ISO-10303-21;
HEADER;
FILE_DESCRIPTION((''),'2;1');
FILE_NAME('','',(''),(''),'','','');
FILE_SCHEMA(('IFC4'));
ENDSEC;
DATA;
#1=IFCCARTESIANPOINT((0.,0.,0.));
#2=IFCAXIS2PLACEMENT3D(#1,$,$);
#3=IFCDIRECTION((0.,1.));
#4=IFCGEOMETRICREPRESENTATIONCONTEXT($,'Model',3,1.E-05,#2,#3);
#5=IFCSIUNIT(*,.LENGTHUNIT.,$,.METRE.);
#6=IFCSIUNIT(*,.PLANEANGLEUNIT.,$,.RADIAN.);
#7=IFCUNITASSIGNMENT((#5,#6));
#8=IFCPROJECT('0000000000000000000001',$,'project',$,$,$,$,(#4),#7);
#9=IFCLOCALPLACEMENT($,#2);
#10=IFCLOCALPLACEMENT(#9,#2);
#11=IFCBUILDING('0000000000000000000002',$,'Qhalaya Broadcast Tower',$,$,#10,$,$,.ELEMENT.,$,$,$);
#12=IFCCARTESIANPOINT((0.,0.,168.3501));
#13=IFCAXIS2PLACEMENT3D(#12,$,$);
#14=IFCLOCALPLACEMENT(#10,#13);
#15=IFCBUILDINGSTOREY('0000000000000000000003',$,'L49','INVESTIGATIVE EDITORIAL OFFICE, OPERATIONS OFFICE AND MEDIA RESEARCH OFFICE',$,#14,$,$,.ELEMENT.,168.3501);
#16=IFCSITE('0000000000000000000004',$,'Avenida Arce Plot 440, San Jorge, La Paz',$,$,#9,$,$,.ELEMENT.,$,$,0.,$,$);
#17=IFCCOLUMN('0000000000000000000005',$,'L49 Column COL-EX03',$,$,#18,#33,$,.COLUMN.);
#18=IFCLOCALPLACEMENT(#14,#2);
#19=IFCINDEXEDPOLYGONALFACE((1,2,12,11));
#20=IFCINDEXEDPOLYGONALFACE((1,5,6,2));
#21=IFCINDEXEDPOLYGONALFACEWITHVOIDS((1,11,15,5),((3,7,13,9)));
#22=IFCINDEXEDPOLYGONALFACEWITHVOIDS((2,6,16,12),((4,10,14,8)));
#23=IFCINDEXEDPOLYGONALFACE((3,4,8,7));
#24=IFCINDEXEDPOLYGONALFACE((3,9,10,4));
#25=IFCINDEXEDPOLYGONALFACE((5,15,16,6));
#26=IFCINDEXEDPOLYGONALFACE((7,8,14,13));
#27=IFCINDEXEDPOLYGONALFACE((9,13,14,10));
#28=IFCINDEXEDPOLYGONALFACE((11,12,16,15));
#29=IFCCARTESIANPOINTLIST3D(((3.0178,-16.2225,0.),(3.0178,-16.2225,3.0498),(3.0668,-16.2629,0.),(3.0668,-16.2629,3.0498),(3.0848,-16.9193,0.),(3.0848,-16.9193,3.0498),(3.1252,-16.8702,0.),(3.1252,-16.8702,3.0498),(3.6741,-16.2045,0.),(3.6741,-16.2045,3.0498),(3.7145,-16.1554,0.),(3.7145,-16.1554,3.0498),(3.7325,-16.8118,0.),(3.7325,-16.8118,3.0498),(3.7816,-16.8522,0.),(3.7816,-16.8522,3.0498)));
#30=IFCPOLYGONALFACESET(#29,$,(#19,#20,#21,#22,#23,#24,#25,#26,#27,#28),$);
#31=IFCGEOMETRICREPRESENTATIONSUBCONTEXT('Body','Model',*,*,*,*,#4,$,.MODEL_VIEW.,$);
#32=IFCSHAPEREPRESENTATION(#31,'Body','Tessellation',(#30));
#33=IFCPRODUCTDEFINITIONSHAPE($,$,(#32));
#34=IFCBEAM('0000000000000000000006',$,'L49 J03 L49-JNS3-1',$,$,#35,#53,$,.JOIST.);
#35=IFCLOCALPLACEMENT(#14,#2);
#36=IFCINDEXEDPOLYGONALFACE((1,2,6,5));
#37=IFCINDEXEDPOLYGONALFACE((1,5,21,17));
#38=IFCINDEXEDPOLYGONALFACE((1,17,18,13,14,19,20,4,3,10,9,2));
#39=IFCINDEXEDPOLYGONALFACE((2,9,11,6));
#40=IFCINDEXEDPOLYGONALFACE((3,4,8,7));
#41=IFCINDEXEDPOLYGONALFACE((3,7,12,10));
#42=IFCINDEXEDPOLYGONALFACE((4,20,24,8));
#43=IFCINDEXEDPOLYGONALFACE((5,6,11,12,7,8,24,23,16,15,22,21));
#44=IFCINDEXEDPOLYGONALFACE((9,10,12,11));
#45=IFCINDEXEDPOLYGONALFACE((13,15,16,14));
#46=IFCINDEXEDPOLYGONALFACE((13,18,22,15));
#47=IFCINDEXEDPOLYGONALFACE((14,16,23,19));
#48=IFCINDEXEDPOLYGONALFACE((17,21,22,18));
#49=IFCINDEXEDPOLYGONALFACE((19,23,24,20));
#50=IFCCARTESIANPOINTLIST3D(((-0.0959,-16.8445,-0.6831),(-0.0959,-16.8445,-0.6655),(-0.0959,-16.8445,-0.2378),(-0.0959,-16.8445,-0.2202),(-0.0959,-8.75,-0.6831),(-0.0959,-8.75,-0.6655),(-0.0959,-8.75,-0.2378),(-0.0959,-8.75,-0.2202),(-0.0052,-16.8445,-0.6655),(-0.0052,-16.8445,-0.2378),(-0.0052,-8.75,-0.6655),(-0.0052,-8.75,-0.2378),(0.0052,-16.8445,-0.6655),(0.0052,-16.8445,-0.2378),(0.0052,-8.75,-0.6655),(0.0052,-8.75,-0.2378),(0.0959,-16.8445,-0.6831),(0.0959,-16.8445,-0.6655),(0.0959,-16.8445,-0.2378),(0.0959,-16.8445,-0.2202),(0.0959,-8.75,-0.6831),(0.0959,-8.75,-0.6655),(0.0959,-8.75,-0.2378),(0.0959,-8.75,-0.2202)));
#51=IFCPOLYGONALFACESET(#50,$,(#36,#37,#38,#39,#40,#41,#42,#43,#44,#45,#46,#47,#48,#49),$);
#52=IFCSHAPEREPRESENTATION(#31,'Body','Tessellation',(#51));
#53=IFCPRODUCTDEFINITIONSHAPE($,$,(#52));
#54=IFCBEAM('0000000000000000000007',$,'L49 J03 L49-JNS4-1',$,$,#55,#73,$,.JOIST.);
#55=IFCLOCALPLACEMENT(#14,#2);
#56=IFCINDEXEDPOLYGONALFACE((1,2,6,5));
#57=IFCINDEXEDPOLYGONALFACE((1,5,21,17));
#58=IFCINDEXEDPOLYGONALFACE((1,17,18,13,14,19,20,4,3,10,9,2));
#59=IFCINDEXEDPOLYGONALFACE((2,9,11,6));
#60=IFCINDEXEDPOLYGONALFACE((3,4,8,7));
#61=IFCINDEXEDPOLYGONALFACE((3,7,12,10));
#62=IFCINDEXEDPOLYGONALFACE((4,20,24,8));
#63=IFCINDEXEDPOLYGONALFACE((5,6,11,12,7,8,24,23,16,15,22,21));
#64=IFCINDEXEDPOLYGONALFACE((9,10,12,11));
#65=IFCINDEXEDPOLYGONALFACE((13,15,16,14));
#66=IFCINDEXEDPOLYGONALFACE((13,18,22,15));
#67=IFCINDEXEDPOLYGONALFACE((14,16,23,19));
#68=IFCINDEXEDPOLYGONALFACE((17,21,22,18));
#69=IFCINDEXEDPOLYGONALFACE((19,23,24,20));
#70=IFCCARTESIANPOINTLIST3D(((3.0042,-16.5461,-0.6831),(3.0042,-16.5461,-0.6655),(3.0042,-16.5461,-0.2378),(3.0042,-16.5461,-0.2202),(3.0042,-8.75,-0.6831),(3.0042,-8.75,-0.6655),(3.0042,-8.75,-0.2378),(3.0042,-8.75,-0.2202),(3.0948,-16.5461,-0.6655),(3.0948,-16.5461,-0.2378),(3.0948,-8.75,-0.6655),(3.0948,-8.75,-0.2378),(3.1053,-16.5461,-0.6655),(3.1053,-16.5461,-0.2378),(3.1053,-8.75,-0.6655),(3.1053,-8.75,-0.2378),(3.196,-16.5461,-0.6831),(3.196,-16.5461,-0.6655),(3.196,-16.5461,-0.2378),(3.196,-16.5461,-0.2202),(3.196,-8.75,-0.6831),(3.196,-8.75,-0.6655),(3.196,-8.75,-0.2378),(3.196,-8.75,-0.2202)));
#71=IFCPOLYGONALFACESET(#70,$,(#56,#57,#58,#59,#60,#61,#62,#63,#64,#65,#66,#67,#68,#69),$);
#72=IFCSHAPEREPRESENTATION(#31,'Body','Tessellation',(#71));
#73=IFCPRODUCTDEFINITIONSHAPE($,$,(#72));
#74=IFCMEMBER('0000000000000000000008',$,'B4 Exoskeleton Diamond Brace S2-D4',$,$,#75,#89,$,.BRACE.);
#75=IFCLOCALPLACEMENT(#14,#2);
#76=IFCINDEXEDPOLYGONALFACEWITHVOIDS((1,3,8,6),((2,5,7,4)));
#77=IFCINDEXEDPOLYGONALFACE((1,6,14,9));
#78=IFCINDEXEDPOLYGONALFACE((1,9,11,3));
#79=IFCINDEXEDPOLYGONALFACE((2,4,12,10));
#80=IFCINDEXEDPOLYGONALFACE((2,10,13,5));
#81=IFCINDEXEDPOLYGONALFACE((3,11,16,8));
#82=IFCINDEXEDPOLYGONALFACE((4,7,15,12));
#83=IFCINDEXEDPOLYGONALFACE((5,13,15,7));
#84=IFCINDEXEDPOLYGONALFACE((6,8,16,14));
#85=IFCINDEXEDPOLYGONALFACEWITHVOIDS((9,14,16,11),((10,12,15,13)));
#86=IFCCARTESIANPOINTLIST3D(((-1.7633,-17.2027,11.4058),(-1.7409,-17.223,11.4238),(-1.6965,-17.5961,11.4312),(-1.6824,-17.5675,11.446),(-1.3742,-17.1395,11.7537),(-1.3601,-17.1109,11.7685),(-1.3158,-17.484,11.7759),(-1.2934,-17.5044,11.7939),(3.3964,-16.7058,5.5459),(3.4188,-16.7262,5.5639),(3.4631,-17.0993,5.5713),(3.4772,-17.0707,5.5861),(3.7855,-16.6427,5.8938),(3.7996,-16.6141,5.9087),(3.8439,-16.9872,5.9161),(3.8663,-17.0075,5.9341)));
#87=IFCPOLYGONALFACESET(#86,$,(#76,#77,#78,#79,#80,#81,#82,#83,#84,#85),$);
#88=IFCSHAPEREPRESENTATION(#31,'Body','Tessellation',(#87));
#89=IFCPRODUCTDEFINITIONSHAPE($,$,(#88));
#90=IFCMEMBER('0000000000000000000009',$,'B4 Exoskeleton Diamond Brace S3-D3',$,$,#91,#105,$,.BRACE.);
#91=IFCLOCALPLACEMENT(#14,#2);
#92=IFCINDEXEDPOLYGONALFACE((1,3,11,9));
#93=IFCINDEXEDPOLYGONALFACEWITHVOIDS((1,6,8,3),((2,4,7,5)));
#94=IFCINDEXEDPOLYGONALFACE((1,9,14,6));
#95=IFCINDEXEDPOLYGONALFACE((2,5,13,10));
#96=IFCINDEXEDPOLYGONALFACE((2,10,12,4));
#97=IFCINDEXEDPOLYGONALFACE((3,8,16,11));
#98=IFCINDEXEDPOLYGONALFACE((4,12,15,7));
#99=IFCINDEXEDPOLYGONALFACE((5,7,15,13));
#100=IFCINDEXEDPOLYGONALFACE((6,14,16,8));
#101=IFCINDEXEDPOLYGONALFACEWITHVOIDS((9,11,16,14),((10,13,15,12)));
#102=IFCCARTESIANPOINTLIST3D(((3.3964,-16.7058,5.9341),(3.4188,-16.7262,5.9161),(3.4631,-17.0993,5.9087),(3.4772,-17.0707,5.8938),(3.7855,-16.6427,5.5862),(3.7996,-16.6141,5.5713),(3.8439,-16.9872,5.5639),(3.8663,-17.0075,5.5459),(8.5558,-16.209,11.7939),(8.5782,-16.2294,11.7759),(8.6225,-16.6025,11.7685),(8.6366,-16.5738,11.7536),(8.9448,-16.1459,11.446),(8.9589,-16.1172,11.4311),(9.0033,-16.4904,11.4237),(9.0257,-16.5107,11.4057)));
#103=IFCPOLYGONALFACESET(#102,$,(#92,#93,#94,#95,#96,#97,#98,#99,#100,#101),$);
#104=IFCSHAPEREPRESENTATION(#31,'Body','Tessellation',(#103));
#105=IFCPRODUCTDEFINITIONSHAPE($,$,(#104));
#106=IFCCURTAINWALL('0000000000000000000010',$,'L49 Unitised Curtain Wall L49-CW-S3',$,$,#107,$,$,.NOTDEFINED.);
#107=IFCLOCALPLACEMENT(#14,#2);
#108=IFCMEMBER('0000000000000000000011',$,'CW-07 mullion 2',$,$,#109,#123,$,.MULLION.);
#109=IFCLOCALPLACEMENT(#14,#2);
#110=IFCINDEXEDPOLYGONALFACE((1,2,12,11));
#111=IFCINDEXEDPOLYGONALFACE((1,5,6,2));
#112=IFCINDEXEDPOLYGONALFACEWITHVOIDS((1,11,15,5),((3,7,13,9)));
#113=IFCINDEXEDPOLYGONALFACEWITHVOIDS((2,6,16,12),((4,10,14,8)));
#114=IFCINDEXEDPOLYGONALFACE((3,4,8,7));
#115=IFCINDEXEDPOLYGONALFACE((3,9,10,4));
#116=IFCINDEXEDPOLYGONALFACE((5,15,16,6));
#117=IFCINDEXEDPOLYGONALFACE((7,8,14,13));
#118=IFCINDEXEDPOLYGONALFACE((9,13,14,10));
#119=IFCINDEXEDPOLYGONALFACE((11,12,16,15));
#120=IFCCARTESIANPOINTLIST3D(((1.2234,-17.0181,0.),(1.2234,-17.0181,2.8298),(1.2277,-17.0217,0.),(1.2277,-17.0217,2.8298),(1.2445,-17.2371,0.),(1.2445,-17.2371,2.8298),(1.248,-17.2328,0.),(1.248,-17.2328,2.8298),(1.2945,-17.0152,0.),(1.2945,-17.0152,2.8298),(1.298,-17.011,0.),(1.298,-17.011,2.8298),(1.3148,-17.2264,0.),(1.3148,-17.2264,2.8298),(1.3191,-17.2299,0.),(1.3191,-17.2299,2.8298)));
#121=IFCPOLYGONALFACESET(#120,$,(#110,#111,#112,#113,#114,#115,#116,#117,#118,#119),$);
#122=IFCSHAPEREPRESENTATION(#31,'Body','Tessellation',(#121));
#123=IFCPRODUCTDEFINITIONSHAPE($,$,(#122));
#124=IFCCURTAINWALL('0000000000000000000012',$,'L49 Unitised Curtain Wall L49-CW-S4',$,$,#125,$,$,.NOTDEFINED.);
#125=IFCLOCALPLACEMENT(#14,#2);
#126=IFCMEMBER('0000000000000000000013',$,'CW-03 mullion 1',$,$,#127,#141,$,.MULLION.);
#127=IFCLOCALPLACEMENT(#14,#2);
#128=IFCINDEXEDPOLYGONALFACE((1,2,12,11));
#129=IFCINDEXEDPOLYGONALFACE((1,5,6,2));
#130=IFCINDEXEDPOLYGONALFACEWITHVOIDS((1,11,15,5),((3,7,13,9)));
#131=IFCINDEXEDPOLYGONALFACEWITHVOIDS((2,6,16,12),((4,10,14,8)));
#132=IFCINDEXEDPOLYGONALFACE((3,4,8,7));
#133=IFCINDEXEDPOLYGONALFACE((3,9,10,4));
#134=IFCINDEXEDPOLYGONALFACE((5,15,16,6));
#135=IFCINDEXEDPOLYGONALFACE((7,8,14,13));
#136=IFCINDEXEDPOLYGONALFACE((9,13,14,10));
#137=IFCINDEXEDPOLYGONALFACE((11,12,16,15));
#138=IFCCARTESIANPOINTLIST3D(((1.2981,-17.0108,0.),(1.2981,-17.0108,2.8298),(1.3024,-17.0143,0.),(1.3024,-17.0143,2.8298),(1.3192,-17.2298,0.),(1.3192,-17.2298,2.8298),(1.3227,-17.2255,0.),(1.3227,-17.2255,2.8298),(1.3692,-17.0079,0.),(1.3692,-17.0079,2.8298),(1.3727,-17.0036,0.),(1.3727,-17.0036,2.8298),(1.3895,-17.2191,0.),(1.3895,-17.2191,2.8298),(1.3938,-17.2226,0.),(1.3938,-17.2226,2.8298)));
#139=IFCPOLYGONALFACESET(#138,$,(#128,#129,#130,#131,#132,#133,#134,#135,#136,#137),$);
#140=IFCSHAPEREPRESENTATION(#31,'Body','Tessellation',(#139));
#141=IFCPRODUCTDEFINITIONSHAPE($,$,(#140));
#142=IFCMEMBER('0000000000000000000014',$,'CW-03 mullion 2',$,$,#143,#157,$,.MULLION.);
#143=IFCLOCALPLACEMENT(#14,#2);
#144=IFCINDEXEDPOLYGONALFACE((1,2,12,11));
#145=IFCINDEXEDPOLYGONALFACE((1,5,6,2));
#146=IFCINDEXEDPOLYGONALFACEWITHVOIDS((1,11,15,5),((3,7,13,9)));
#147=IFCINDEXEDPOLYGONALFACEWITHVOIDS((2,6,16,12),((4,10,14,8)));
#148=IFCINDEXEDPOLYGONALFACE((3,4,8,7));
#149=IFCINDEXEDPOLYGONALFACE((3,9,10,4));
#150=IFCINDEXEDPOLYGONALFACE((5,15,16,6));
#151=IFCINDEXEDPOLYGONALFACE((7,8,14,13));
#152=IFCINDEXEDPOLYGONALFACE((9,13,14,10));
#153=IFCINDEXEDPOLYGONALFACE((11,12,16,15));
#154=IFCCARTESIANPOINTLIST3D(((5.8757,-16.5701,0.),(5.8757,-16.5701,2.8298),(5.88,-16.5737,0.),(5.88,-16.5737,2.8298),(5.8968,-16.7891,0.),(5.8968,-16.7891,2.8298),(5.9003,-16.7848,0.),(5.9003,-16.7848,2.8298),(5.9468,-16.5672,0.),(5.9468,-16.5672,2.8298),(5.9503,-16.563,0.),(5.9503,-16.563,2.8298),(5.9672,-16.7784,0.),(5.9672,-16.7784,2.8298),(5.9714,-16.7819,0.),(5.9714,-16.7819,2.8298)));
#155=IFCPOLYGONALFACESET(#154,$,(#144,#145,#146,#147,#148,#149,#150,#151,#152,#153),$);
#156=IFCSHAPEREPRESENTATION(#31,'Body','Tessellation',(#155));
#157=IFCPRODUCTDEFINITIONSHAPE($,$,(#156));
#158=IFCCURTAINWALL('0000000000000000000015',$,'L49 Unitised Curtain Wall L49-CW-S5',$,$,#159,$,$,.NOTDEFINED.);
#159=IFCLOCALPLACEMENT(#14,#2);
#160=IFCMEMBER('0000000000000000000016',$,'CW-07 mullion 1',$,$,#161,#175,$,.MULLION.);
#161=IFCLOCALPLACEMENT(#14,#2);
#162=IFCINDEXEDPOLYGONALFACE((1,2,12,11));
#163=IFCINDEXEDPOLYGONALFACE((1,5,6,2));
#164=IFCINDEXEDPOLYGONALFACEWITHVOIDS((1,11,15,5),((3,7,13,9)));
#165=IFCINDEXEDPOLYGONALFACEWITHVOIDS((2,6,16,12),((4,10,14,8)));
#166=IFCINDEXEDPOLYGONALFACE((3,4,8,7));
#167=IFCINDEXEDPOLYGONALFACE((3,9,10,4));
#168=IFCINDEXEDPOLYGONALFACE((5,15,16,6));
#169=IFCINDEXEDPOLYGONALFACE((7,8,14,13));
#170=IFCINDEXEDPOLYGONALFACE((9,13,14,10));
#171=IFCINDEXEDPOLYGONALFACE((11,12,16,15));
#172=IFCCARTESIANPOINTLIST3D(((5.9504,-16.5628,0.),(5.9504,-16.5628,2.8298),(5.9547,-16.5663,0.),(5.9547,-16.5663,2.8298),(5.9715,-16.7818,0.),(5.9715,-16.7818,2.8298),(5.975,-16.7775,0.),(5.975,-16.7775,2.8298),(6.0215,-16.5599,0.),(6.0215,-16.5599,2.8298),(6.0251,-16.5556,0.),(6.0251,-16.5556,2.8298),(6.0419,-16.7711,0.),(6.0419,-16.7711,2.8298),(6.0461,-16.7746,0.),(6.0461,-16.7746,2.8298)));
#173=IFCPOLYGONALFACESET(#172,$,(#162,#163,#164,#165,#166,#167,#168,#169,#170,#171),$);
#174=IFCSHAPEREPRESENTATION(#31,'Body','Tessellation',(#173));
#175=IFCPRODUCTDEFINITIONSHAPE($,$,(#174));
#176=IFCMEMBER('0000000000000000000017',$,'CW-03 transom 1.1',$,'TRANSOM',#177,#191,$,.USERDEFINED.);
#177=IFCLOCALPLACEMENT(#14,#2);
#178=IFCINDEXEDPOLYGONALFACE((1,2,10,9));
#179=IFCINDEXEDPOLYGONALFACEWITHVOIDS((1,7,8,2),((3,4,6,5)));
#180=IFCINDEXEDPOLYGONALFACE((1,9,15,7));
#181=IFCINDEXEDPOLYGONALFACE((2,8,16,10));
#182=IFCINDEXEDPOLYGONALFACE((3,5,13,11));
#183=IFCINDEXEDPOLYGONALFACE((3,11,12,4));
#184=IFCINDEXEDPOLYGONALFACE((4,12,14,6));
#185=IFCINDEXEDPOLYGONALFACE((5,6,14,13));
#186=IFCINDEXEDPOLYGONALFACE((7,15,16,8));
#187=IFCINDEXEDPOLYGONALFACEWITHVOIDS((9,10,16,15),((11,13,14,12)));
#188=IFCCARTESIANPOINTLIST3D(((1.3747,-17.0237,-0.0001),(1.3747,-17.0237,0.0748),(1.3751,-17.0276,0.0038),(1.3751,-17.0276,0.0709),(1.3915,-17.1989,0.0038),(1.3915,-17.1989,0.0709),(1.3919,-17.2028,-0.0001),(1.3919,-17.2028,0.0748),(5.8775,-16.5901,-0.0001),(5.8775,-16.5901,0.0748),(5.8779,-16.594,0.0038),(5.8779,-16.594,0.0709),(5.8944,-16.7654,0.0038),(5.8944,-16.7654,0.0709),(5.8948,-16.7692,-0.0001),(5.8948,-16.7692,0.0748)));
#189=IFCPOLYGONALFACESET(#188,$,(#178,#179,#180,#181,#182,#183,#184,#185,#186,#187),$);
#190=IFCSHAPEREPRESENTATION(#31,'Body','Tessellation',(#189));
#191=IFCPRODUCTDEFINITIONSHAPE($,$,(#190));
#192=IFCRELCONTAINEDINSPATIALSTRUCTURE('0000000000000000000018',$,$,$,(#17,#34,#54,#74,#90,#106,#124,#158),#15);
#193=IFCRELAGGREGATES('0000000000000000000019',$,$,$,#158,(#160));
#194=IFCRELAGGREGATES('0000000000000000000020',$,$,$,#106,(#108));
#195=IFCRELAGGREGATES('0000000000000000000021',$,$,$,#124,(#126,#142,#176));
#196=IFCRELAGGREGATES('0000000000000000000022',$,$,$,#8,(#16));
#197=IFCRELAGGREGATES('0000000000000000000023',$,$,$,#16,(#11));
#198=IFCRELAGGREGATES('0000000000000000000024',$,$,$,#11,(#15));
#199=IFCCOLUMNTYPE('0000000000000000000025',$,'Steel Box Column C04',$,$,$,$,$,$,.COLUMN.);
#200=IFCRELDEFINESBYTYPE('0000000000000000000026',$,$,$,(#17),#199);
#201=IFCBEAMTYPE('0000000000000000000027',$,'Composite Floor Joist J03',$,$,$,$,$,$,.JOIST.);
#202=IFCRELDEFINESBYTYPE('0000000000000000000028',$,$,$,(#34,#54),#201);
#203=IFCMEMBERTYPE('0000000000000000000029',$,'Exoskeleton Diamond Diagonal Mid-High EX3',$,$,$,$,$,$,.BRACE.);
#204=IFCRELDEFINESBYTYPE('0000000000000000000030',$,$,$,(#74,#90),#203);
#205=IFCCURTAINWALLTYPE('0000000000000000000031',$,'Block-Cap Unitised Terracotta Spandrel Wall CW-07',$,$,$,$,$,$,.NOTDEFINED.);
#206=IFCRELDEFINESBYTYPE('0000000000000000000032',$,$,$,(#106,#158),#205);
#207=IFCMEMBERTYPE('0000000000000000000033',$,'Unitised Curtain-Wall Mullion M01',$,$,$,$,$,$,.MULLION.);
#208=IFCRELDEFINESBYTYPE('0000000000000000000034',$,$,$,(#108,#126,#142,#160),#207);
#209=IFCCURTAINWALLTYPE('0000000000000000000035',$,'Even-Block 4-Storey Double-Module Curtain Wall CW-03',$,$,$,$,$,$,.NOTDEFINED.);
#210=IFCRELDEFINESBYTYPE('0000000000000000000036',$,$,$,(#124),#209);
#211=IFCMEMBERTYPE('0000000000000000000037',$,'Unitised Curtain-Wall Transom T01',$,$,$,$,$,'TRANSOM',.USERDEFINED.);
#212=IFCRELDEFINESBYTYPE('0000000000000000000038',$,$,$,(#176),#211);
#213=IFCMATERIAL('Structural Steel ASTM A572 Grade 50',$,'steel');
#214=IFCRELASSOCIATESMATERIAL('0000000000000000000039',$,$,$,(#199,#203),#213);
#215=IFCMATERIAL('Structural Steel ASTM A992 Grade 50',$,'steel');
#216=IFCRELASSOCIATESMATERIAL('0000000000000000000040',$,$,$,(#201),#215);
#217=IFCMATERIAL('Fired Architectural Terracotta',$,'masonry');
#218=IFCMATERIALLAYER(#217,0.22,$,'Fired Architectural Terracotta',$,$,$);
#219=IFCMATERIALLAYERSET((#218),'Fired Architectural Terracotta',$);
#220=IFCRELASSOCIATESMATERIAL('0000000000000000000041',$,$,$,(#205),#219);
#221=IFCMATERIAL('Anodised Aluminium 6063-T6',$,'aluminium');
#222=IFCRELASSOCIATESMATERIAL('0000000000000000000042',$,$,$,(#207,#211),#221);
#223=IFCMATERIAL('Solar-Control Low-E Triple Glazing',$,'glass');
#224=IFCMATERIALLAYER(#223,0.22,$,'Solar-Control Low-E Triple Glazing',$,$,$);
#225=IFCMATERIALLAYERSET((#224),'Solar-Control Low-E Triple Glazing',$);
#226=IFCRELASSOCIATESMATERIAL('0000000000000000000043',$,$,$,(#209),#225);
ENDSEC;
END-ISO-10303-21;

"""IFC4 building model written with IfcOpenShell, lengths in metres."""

from ifc_helpers import new_model, si_unit, direction, frame, origin, origin_2d, place, context, subcontext, project, spatial, hollow_rectangle, i_section, extrude, material, layer, layer_set, material_profile, profile_set, type_object, element, aggregate, save


model = new_model("IFC4")

# Units and contexts
model_context = context("Model", 3, precision=1e-05, world=origin(), true_north=direction((0.0, 1.0)))
body_context = subcontext(model_context, "Body", "Model", "MODEL_VIEW")
ifc_project = project(units=[si_unit("LENGTHUNIT", "METRE"), si_unit("PLANEANGLEUNIT", "RADIAN")], contexts=[model_context])

# Site, building, storey
site_placement = place(None, origin())
site = spatial("IfcSite", under=ifc_project, at=site_placement, Name="Avenida Arce Plot 440, San Jorge, La Paz", CompositionType="ELEMENT", RefElevation=0.0)
building_placement = place(site_placement, origin())
building = spatial("IfcBuilding", under=site, at=building_placement, Name="Qhalaya Broadcast Tower", CompositionType="ELEMENT")
storey_placement = place(building_placement, frame((0.0, 0.0, 168.3501)))
storey = spatial("IfcBuildingStorey", under=building, at=storey_placement, Name="L49", Description="INVESTIGATIVE EDITORIAL OFFICE, OPERATIONS OFFICE AND MEDIA RESEARCH OFFICE", CompositionType="ELEMENT", Elevation=168.3501)

# Column
ifc_material_1 = material(Name="Structural Steel ASTM A572 Grade 50", Category="steel")
ifc_material_profile_1 = material_profile(ifc_material_1, hollow_rectangle(XDim=0.7, YDim=0.7, WallThickness=0.0449, at=origin_2d()), Name="BOX 700x700x45")
ifc_profile_set_1 = profile_set([ifc_material_profile_1], Name="Structural Steel ASTM A572 Grade 50")
column_type = type_object("IfcColumnType", Name="Steel Box Column C04", PredefinedType="COLUMN", material=ifc_profile_set_1)
column_placement = place(storey_placement, frame((3.3997, -16.5374, 0.0), z_axis=(0.0, 0.0, 1.0), x_axis=(0.995396, 0.095846, 0.0)))
element("IfcColumn", 1, at=column_placement, inside=storey, type_object=column_type, Name="L49 Column COL-EX03", PredefinedType="COLUMN", context=body_context, shape_type="SweptSolid", body=[
    extrude(hollow_rectangle(XDim=0.7, YDim=0.7, WallThickness=0.0449, at=origin_2d()), origin(), (0.0, 0.0, 1.0), 3.0498),
])

# Beams
ifc_material_2 = material(Name="Structural Steel ASTM A992 Grade 50", Category="steel")
ifc_material_profile_2 = material_profile(ifc_material_2, i_section(OverallWidth=0.1919, OverallDepth=0.4629, WebThickness=0.0105, FlangeThickness=0.0176, at=origin_2d()), Name="W18X60")
ifc_profile_set_2 = profile_set([ifc_material_profile_2], Name="Structural Steel ASTM A992 Grade 50")
beam_type_1 = type_object("IfcBeamType", Name="Composite Floor Joist J03", PredefinedType="JOIST", material=ifc_profile_set_2)
beam_1_placement = place(storey_placement, frame((0.0, -16.8445, -0.4517), z_axis=(0.0, 1.0, 0.0), x_axis=(-1.0, 0.0, 0.0)))
element("IfcBeam", 2, at=beam_1_placement, inside=storey, type_object=beam_type_1, Name="L49 J03 L49-JNS3-1", PredefinedType="JOIST", context=body_context, shape_type="SweptSolid", body=[
    extrude(i_section(OverallWidth=0.1919, OverallDepth=0.4629, WebThickness=0.0105, FlangeThickness=0.0176, at=origin_2d()), origin(), (0.0, 0.0, 1.0), 8.0945),
])
beam_2_placement = place(storey_placement, frame((3.1001, -16.5461, -0.4517), z_axis=(0.0, 1.0, 0.0), x_axis=(-1.0, 0.0, 0.0)))
element("IfcBeam", 3, at=beam_2_placement, inside=storey, type_object=beam_type_1, Name="L49 J03 L49-JNS4-1", PredefinedType="JOIST", context=body_context, shape_type="SweptSolid", body=[
    extrude(i_section(OverallWidth=0.1919, OverallDepth=0.4629, WebThickness=0.0105, FlangeThickness=0.0176, at=origin_2d()), origin(), (0.0, 0.0, 1.0), 7.7961),
])

# Members
ifc_material_profile_3 = material_profile(ifc_material_1, hollow_rectangle(XDim=0.3999, YDim=0.55, WallThickness=0.0249, at=origin_2d()), Name="BOX 400x550x25")
ifc_profile_set_3 = profile_set([ifc_material_profile_3], Name="Structural Steel ASTM A572 Grade 50")
member_type_1 = type_object("IfcMemberType", Name="Exoskeleton Diamond Diagonal Mid-High EX3", PredefinedType="BRACE", material=ifc_profile_set_3)
member_1_placement = place(storey_placement, frame((3.6313, -16.8567, 5.74), z_axis=(-0.65951, -0.063504, 0.749009), x_axis=(0.166865, -0.983933, 0.063504)))
element("IfcMember", 4, at=member_1_placement, inside=storey, type_object=member_type_1, Name="B4 Exoskeleton Diamond Brace S2-D4", PredefinedType="BRACE", context=body_context, shape_type="SweptSolid", body=[
    extrude(hollow_rectangle(XDim=0.3999, YDim=0.55, WallThickness=0.0249, at=origin_2d()), origin(), (0.0, 0.0, 1.0), 7.8235),
])
member_2_placement = place(storey_placement, frame((3.6313, -16.8567, 5.74), z_axis=(0.659492, 0.063506, 0.749024), x_axis=(-0.16687, 0.983932, 0.063502)))
element("IfcMember", 5, at=member_2_placement, inside=storey, type_object=member_type_1, Name="B4 Exoskeleton Diamond Brace S3-D3", PredefinedType="BRACE", context=body_context, shape_type="SweptSolid", body=[
    extrude(hollow_rectangle(XDim=0.3999, YDim=0.55, WallThickness=0.0249, at=origin_2d()), origin(), (0.0, 0.0, 1.0), 7.8232),
])

# Curtain wall, member
ifc_material_3 = material(Name="Fired Architectural Terracotta", Category="masonry")
ifc_layer_1 = layer(ifc_material_3, 0.22, Name="Fired Architectural Terracotta")
ifc_layer_set_1 = layer_set([ifc_layer_1], Name="Fired Architectural Terracotta")
curtain_wall_type_1 = type_object("IfcCurtainWallType", Name="Block-Cap Unitised Terracotta Spandrel Wall CW-07", PredefinedType="NOTDEFINED", material=ifc_layer_set_1)
curtain_wall_1_placement = place(storey_placement, origin())
curtain_wall_1 = element("IfcCurtainWall", 6, at=curtain_wall_1_placement, inside=storey, type_object=curtain_wall_type_1, Name="L49 Unitised Curtain Wall L49-CW-S3", PredefinedType="NOTDEFINED")
ifc_material_4 = material(Name="Anodised Aluminium 6063-T6", Category="aluminium")
ifc_material_profile_4 = material_profile(ifc_material_4, hollow_rectangle(XDim=0.075, YDim=0.22, WallThickness=0.0039, at=origin_2d()), Name="ALU-MUL 75x220x4")
ifc_profile_set_4 = profile_set([ifc_material_profile_4], Name="Anodised Aluminium 6063-T6")
member_type_2 = type_object("IfcMemberType", Name="Unitised Curtain-Wall Mullion M01", PredefinedType="MULLION", material=ifc_profile_set_4)
member_3_placement = place(storey_placement, frame((1.2712, -17.124, 0.0), z_axis=(0.0, 0.0, 1.0), x_axis=(0.995395, 0.095854, 0.0)))
member_3 = element("IfcMember", 7, at=member_3_placement, type_object=member_type_2, Name="CW-07 mullion 2", PredefinedType="MULLION", context=body_context, shape_type="SweptSolid", body=[
    extrude(hollow_rectangle(XDim=0.075, YDim=0.22, WallThickness=0.0039, at=origin_2d()), origin(), (0.0, 0.0, 1.0), 2.8298),
])

# Curtain wall, members
ifc_material_5 = material(Name="Solar-Control Low-E Triple Glazing", Category="glass")
ifc_layer_2 = layer(ifc_material_5, 0.22, Name="Solar-Control Low-E Triple Glazing")
ifc_layer_set_2 = layer_set([ifc_layer_2], Name="Solar-Control Low-E Triple Glazing")
curtain_wall_type_2 = type_object("IfcCurtainWallType", Name="Even-Block 4-Storey Double-Module Curtain Wall CW-03", PredefinedType="NOTDEFINED", material=ifc_layer_set_2)
curtain_wall_2_placement = place(storey_placement, origin())
curtain_wall_2 = element("IfcCurtainWall", 8, at=curtain_wall_2_placement, inside=storey, type_object=curtain_wall_type_2, Name="L49 Unitised Curtain Wall L49-CW-S4", PredefinedType="NOTDEFINED")
member_4_placement = place(storey_placement, frame((1.3459, -17.1167, 0.0), z_axis=(0.0, 0.0, 1.0), x_axis=(0.995396, 0.095851, 0.0)))
member_4 = element("IfcMember", 9, at=member_4_placement, type_object=member_type_2, Name="CW-03 mullion 1", PredefinedType="MULLION", context=body_context, shape_type="SweptSolid", body=[
    extrude(hollow_rectangle(XDim=0.075, YDim=0.22, WallThickness=0.0039, at=origin_2d()), origin(), (0.0, 0.0, 1.0), 2.8298),
])
member_5_placement = place(storey_placement, frame((5.9236, -16.676, 0.0), z_axis=(0.0, 0.0, 1.0), x_axis=(0.995396, 0.095851, 0.0)))
member_5 = element("IfcMember", 10, at=member_5_placement, type_object=member_type_2, Name="CW-03 mullion 2", PredefinedType="MULLION", context=body_context, shape_type="SweptSolid", body=[
    extrude(hollow_rectangle(XDim=0.075, YDim=0.22, WallThickness=0.0039, at=origin_2d()), origin(), (0.0, 0.0, 1.0), 2.8298),
])

# Curtain wall, member
curtain_wall_3_placement = place(storey_placement, origin())
curtain_wall_3 = element("IfcCurtainWall", 11, at=curtain_wall_3_placement, inside=storey, type_object=curtain_wall_type_1, Name="L49 Unitised Curtain Wall L49-CW-S5", PredefinedType="NOTDEFINED")
member_6_placement = place(storey_placement, frame((5.9983, -16.6687, 0.0), z_axis=(0.0, 0.0, 1.0), x_axis=(0.995397, 0.095841, 0.0)))
member_6 = element("IfcMember", 12, at=member_6_placement, type_object=member_type_2, Name="CW-07 mullion 1", PredefinedType="MULLION", context=body_context, shape_type="SweptSolid", body=[
    extrude(hollow_rectangle(XDim=0.075, YDim=0.22, WallThickness=0.0039, at=origin_2d()), origin(), (0.0, 0.0, 1.0), 2.8298),
])

# Member
ifc_material_profile_5 = material_profile(ifc_material_4, hollow_rectangle(XDim=0.075, YDim=0.1799, WallThickness=0.0039, at=origin_2d()), Name="ALU-TRN 75x180x4")
ifc_profile_set_5 = profile_set([ifc_material_profile_5], Name="Anodised Aluminium 6063-T6")
member_type_3 = type_object("IfcMemberType", Name="Unitised Curtain-Wall Transom T01", ElementType="TRANSOM", PredefinedType="USERDEFINED", material=ifc_profile_set_5)
member_7_placement = place(storey_placement, frame((1.3833, -17.1133, 0.0374), z_axis=(0.995396, 0.095848, 0.0), x_axis=(0.0, 0.0, 1.0)))
member_7 = element("IfcMember", 13, at=member_7_placement, type_object=member_type_3, Name="CW-03 transom 1.1", ObjectType="TRANSOM", PredefinedType="USERDEFINED", context=body_context, shape_type="SweptSolid", body=[
    extrude(hollow_rectangle(XDim=0.075, YDim=0.1799, WallThickness=0.0039, at=origin_2d()), origin(), (0.0, 0.0, 1.0), 4.5237),
])
aggregate(curtain_wall_3, [member_6])

aggregate(curtain_wall_1, [member_3])
aggregate(curtain_wall_2, [member_4, member_5, member_7])

save(model, "model.ifc")
